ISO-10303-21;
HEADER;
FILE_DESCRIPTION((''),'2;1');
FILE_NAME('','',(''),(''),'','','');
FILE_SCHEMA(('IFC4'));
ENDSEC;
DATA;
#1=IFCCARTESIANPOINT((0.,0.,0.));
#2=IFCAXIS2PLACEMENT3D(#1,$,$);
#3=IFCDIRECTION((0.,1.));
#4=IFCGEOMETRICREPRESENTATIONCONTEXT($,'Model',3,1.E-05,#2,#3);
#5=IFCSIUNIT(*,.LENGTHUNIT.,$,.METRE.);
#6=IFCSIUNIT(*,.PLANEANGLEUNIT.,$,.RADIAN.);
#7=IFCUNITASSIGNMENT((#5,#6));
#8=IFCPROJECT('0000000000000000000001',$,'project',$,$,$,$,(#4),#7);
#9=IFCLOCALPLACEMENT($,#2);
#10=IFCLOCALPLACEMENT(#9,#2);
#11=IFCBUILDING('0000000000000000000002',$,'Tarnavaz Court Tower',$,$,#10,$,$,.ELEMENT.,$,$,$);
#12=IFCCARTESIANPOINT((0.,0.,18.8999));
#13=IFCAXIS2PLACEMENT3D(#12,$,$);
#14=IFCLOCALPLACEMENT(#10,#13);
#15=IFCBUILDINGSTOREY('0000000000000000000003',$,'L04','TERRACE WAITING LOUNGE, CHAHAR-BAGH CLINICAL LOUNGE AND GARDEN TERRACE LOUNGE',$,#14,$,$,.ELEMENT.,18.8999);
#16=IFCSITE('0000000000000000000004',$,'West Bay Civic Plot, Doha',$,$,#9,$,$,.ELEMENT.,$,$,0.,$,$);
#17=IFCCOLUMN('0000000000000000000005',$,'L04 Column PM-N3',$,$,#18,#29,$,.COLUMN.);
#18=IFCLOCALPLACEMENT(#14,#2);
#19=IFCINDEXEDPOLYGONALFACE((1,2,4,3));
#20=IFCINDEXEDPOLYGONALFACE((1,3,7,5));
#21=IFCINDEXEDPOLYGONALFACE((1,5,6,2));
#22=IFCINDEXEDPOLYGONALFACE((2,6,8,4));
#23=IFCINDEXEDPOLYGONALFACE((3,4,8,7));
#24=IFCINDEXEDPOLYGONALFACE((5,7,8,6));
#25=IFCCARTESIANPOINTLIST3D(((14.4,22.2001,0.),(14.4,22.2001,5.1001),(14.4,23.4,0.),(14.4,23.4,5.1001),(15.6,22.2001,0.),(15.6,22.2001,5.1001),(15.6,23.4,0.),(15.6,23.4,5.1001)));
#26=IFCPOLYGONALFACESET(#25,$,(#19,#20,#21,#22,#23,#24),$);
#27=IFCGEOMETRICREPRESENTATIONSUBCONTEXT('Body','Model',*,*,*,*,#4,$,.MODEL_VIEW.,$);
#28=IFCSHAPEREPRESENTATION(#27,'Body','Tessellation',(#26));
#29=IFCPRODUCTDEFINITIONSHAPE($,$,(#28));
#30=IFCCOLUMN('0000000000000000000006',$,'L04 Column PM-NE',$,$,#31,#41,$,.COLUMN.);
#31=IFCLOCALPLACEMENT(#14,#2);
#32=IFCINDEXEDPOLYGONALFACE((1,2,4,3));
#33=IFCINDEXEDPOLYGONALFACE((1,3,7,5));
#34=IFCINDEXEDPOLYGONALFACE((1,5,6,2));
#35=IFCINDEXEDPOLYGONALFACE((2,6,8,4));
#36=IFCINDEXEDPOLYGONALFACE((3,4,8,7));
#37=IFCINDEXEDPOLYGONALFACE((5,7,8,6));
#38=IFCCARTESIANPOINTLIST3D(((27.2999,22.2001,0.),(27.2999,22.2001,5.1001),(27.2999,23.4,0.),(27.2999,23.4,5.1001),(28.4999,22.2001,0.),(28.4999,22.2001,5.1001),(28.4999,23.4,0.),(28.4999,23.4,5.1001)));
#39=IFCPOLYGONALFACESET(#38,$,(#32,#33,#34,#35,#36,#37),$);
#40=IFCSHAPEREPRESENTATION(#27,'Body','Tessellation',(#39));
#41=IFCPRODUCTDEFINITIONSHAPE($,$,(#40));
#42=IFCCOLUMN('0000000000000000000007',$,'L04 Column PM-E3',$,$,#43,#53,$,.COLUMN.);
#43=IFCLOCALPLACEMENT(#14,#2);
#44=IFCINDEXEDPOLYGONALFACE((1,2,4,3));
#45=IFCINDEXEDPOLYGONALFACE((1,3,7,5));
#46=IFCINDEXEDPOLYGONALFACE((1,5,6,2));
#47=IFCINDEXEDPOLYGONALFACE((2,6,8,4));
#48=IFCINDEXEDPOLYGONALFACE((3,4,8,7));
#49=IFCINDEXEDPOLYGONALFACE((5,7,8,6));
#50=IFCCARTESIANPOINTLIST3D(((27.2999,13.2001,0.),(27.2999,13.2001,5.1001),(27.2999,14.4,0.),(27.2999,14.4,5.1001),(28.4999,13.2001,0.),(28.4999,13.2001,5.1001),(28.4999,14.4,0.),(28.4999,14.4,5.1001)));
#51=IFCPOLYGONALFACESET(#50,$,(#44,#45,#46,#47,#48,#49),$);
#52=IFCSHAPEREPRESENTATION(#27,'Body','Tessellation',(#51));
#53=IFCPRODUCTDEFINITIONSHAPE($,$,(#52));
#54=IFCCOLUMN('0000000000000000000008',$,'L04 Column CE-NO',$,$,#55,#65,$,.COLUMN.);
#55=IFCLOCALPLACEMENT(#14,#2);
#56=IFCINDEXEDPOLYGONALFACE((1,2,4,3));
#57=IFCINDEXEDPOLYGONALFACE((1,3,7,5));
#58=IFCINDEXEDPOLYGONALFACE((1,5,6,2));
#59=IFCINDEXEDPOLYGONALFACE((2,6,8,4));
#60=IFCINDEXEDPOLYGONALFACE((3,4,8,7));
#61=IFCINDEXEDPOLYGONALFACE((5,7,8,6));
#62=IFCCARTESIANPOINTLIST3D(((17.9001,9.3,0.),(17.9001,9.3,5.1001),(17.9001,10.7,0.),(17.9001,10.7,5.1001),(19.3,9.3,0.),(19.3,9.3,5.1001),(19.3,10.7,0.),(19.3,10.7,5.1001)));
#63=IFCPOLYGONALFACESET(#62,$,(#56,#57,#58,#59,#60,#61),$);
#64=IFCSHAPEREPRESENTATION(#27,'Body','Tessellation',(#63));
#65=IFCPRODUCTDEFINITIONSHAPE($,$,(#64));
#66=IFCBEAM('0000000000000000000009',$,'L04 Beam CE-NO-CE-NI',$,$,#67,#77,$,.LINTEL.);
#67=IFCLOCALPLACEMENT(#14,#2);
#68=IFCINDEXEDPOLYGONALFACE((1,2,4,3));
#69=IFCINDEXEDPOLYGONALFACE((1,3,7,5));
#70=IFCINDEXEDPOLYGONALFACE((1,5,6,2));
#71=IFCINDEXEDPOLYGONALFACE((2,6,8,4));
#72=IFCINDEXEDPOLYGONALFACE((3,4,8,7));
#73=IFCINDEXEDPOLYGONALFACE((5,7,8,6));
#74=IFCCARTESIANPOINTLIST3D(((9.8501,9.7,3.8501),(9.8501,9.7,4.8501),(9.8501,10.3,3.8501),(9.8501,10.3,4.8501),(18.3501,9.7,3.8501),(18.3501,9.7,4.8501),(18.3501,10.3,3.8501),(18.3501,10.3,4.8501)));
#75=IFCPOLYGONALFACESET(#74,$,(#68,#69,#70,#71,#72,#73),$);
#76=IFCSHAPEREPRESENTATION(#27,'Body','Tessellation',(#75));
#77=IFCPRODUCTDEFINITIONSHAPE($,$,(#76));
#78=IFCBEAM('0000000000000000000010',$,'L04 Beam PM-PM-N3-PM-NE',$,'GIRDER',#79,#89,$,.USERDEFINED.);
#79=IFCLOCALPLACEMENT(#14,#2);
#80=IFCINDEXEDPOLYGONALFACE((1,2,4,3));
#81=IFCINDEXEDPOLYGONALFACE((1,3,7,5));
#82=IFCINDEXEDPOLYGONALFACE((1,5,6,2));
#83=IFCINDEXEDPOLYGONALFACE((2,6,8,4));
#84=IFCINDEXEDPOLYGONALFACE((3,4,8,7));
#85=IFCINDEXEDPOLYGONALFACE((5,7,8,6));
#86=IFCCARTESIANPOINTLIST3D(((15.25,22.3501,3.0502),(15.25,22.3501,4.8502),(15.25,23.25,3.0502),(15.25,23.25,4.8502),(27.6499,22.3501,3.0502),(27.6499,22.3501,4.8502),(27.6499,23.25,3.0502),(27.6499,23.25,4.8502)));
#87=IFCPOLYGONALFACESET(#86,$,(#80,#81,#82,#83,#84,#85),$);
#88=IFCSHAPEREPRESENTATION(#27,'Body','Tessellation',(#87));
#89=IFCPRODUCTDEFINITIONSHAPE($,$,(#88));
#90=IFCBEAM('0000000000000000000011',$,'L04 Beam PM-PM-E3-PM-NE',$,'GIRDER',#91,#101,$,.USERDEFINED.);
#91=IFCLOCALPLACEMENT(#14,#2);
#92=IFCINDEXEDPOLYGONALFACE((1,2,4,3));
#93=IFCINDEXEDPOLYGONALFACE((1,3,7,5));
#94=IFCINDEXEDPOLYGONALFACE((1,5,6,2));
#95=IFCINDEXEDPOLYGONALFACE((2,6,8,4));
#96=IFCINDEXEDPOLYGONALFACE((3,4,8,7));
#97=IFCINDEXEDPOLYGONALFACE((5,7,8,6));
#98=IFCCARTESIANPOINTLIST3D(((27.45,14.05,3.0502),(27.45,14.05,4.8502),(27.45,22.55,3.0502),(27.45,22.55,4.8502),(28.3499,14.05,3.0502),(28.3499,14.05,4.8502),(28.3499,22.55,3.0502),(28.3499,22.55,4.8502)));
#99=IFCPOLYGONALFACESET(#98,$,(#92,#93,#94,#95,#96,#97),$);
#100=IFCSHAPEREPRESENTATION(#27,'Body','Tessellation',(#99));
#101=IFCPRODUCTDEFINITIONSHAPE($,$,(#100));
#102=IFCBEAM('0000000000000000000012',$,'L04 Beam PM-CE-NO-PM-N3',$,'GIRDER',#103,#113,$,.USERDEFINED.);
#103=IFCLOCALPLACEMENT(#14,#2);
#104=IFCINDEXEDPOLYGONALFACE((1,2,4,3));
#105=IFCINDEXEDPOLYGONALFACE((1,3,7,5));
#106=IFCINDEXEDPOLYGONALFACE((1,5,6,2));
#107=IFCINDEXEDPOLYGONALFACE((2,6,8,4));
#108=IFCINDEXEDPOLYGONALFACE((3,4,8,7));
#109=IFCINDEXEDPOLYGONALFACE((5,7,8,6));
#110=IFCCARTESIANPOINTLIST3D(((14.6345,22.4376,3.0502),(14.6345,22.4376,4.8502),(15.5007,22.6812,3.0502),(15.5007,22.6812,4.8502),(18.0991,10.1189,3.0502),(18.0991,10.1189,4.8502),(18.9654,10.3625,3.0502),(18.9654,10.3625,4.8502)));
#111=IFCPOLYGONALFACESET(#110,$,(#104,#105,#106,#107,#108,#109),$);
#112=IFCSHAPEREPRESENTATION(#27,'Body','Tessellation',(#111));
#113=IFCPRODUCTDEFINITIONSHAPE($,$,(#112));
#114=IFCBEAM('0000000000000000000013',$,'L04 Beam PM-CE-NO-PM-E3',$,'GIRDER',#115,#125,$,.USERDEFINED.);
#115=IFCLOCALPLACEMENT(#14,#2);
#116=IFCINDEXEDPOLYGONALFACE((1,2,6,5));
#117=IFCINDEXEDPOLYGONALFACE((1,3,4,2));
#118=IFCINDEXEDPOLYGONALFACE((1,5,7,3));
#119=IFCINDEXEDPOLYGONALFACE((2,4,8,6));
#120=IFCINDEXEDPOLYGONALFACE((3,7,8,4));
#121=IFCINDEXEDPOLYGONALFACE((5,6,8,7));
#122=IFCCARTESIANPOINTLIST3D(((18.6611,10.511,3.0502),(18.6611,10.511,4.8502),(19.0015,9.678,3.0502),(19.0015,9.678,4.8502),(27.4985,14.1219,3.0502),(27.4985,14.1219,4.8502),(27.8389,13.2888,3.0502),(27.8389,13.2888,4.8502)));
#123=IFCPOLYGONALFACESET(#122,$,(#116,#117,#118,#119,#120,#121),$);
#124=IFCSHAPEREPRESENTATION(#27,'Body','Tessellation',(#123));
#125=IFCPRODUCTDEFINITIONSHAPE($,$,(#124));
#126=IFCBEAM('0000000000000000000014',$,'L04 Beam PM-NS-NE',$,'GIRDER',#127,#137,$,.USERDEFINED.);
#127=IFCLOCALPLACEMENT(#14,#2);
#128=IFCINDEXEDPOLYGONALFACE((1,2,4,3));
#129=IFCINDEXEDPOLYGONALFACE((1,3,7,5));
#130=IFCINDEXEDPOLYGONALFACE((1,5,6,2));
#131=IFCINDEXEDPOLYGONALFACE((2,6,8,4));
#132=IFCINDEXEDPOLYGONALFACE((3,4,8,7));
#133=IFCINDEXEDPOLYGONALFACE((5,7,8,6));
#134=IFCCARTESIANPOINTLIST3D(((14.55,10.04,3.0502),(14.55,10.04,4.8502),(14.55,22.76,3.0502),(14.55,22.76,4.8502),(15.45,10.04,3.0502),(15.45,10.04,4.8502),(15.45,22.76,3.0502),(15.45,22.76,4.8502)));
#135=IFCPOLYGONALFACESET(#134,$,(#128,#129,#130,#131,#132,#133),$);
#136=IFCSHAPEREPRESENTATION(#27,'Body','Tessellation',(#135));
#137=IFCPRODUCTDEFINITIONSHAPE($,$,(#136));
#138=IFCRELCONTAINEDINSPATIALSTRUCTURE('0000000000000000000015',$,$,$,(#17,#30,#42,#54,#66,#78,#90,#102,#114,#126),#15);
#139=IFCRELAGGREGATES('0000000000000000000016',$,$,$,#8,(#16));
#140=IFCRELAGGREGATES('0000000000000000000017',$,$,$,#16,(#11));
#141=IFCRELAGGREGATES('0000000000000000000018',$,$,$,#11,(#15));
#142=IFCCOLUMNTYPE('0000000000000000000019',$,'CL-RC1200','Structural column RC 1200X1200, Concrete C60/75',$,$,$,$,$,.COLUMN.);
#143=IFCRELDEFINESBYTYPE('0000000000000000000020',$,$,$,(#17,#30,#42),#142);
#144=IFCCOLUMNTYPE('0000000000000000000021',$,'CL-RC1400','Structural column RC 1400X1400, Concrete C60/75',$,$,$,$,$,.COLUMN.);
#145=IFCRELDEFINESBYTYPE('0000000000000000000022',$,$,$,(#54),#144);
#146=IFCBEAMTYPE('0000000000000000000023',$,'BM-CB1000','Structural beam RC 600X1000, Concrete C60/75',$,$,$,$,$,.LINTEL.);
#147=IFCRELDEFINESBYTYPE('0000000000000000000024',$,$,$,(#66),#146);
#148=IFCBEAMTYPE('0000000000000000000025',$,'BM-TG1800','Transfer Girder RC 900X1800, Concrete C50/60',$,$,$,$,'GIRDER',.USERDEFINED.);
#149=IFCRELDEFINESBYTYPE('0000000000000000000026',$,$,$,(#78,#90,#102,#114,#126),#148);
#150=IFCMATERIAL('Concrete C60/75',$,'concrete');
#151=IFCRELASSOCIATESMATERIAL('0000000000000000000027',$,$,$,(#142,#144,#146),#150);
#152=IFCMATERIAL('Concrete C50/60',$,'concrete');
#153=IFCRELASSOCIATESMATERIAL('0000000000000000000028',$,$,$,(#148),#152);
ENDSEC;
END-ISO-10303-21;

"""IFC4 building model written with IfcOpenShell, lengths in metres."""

from ifc_helpers import new_model, si_unit, direction, frame, origin, origin_2d, place, context, subcontext, project, spatial, rectangle, extrude, material, material_profile, profile_set, type_object, element, save


model = new_model("IFC4")

# Units and contexts
model_context = context("Model", 3, precision=1e-05, world=origin(), true_north=direction((0.0, 1.0)))
body_context = subcontext(model_context, "Body", "Model", "MODEL_VIEW")
ifc_project = project(units=[si_unit("LENGTHUNIT", "METRE"), si_unit("PLANEANGLEUNIT", "RADIAN")], contexts=[model_context])

# Site, building, storey
site_placement = place(None, origin())
site = spatial("IfcSite", under=ifc_project, at=site_placement, Name="West Bay Civic Plot, Doha", CompositionType="ELEMENT", RefElevation=0.0)
building_placement = place(site_placement, origin())
building = spatial("IfcBuilding", under=site, at=building_placement, Name="Tarnavaz Court Tower", CompositionType="ELEMENT")
storey_placement = place(building_placement, frame((0.0, 0.0, 18.8999)))
storey = spatial("IfcBuildingStorey", under=building, at=storey_placement, Name="L04", Description="TERRACE WAITING LOUNGE, CHAHAR-BAGH CLINICAL LOUNGE AND GARDEN TERRACE LOUNGE", CompositionType="ELEMENT", Elevation=18.8999)

# Columns
ifc_material_1 = material(Name="Concrete C60/75", Category="concrete")
ifc_material_profile_1 = material_profile(ifc_material_1, rectangle(XDim=1.2, YDim=1.2, at=origin_2d()), Name="RC 1200X1200")
ifc_profile_set_1 = profile_set([ifc_material_profile_1], Name="Concrete C60/75")
column_type_1 = type_object("IfcColumnType", Name="CL-RC1200", Description="Structural column RC 1200X1200, Concrete C60/75", PredefinedType="COLUMN", material=ifc_profile_set_1)
for number, where, z_axis, x_axis, name in (
    (1, (15.0, 22.8, 0.0), (0.0, 0.0, 1.0), (1.0, 0.0, 0.0), "L04 Column PM-N3"),
    (2, (27.8999, 22.8, 0.0), (0.0, 0.0, 1.0), (1.0, 0.0, 0.0), "L04 Column PM-NE"),
    (3, (27.8999, 13.8, 0.0), (0.0, 0.0, 1.0), (1.0, 0.0, 0.0), "L04 Column PM-E3"),
):
    element("IfcColumn", number, at=place(storey_placement, frame(where, z_axis=z_axis, x_axis=x_axis)), inside=storey, type_object=column_type_1, Name=name, PredefinedType="COLUMN", context=body_context, shape_type="SweptSolid", body=[
        extrude(rectangle(XDim=1.2, YDim=1.2, at=origin_2d()), origin(), (0.0, 0.0, 1.0), 5.1001),
    ])
ifc_material_profile_2 = material_profile(ifc_material_1, rectangle(XDim=1.3999, YDim=1.3999, at=origin_2d()), Name="RC 1400X1400")
ifc_profile_set_2 = profile_set([ifc_material_profile_2], Name="Concrete C60/75")
column_type_2 = type_object("IfcColumnType", Name="CL-RC1400", Description="Structural column RC 1400X1400, Concrete C60/75", PredefinedType="COLUMN", material=ifc_profile_set_2)
column_placement = place(storey_placement, frame((18.6001, 10.0, 0.0), z_axis=(0.0, 0.0, 1.0), x_axis=(1.0, 0.0, 0.0)))
element("IfcColumn", 4, at=column_placement, inside=storey, type_object=column_type_2, Name="L04 Column CE-NO", PredefinedType="COLUMN", context=body_context, shape_type="SweptSolid", body=[
    extrude(rectangle(XDim=1.3999, YDim=1.3999, at=origin_2d()), origin(), (0.0, 0.0, 1.0), 5.1001),
])

# Beams
ifc_material_profile_3 = material_profile(ifc_material_1, rectangle(XDim=0.6001, YDim=1.0, at=origin_2d()), Name="RC 600X1000")
ifc_profile_set_3 = profile_set([ifc_material_profile_3], Name="Concrete C60/75")
beam_type_1 = type_object("IfcBeamType", Name="BM-CB1000", Description="Structural beam RC 600X1000, Concrete C60/75", PredefinedType="LINTEL", material=ifc_profile_set_3)
beam_1_placement = place(storey_placement, frame((18.3501, 10.0, 4.3501), z_axis=(-1.0, 0.0, 0.0), x_axis=(0.0, -1.0, 0.0)))
element("IfcBeam", 5, at=beam_1_placement, inside=storey, type_object=beam_type_1, Name="L04 Beam CE-NO-CE-NI", PredefinedType="LINTEL", context=body_context, shape_type="SweptSolid", body=[
    extrude(rectangle(XDim=0.6001, YDim=1.0, at=origin_2d()), origin(), (0.0, 0.0, 1.0), 8.5),
])
ifc_material_2 = material(Name="Concrete C50/60", Category="concrete")
ifc_material_profile_4 = material_profile(ifc_material_2, rectangle(XDim=0.8999, YDim=1.8, at=origin_2d()), Name="RC 900X1800")
ifc_profile_set_4 = profile_set([ifc_material_profile_4], Name="Concrete C50/60")
beam_type_2 = type_object("IfcBeamType", Name="BM-TG1800", Description="Transfer Girder RC 900X1800, Concrete C50/60", ElementType="GIRDER", PredefinedType="USERDEFINED", material=ifc_profile_set_4)
beam_2_placement = place(storey_placement, frame((15.25, 22.8, 3.9502), z_axis=(1.0, 0.0, 0.0), x_axis=(0.0, 1.0, 0.0)))
element("IfcBeam", 6, at=beam_2_placement, inside=storey, type_object=beam_type_2, Name="L04 Beam PM-PM-N3-PM-NE", ObjectType="GIRDER", PredefinedType="USERDEFINED", context=body_context, shape_type="SweptSolid", body=[
    extrude(rectangle(XDim=0.8999, YDim=1.8, at=origin_2d()), origin(), (0.0, 0.0, 1.0), 12.3999),
])
beam_3_placement = place(storey_placement, frame((27.8999, 14.05, 3.9502), z_axis=(0.0, 1.0, 0.0), x_axis=(-1.0, 0.0, 0.0)))
element("IfcBeam", 7, at=beam_3_placement, inside=storey, type_object=beam_type_2, Name="L04 Beam PM-PM-E3-PM-NE", ObjectType="GIRDER", PredefinedType="USERDEFINED", context=body_context, shape_type="SweptSolid", body=[
    extrude(rectangle(XDim=0.8999, YDim=1.8, at=origin_2d()), origin(), (0.0, 0.0, 1.0), 8.5),
])
beam_4_placement = place(storey_placement, frame((18.5322, 10.2407, 3.9502), z_axis=(-0.270745, 0.962651, 0.0), x_axis=(-0.962651, -0.270745, 0.0)))
element("IfcBeam", 8, at=beam_4_placement, inside=storey, type_object=beam_type_2, Name="L04 Beam PM-CE-NO-PM-N3", ObjectType="GIRDER", PredefinedType="USERDEFINED", context=body_context, shape_type="SweptSolid", body=[
    extrude(rectangle(XDim=0.8999, YDim=1.8, at=origin_2d()), origin(), (0.0, 0.0, 1.0), 12.7966),
])
beam_5_placement = place(storey_placement, frame((18.8313, 10.0945, 3.9502), z_axis=(0.925711, 0.378233, 0.0), x_axis=(-0.378233, 0.925711, 0.0)))
element("IfcBeam", 9, at=beam_5_placement, inside=storey, type_object=beam_type_2, Name="L04 Beam PM-CE-NO-PM-E3", ObjectType="GIRDER", PredefinedType="USERDEFINED", context=body_context, shape_type="SweptSolid", body=[
    extrude(rectangle(XDim=0.8999, YDim=1.8, at=origin_2d()), origin(), (0.0, 0.0, 1.0), 9.5466),
])
beam_6_placement = place(storey_placement, frame((15.0, 10.04, 3.9502), z_axis=(0.0, 1.0, 0.0), x_axis=(-1.0, 0.0, 0.0)))
element("IfcBeam", 10, at=beam_6_placement, inside=storey, type_object=beam_type_2, Name="L04 Beam PM-NS-NE", ObjectType="GIRDER", PredefinedType="USERDEFINED", context=body_context, shape_type="SweptSolid", body=[
    extrude(rectangle(XDim=0.8999, YDim=1.8, at=origin_2d()), origin(), (0.0, 0.0, 1.0), 12.72),
])

save(model, "model.ifc")
